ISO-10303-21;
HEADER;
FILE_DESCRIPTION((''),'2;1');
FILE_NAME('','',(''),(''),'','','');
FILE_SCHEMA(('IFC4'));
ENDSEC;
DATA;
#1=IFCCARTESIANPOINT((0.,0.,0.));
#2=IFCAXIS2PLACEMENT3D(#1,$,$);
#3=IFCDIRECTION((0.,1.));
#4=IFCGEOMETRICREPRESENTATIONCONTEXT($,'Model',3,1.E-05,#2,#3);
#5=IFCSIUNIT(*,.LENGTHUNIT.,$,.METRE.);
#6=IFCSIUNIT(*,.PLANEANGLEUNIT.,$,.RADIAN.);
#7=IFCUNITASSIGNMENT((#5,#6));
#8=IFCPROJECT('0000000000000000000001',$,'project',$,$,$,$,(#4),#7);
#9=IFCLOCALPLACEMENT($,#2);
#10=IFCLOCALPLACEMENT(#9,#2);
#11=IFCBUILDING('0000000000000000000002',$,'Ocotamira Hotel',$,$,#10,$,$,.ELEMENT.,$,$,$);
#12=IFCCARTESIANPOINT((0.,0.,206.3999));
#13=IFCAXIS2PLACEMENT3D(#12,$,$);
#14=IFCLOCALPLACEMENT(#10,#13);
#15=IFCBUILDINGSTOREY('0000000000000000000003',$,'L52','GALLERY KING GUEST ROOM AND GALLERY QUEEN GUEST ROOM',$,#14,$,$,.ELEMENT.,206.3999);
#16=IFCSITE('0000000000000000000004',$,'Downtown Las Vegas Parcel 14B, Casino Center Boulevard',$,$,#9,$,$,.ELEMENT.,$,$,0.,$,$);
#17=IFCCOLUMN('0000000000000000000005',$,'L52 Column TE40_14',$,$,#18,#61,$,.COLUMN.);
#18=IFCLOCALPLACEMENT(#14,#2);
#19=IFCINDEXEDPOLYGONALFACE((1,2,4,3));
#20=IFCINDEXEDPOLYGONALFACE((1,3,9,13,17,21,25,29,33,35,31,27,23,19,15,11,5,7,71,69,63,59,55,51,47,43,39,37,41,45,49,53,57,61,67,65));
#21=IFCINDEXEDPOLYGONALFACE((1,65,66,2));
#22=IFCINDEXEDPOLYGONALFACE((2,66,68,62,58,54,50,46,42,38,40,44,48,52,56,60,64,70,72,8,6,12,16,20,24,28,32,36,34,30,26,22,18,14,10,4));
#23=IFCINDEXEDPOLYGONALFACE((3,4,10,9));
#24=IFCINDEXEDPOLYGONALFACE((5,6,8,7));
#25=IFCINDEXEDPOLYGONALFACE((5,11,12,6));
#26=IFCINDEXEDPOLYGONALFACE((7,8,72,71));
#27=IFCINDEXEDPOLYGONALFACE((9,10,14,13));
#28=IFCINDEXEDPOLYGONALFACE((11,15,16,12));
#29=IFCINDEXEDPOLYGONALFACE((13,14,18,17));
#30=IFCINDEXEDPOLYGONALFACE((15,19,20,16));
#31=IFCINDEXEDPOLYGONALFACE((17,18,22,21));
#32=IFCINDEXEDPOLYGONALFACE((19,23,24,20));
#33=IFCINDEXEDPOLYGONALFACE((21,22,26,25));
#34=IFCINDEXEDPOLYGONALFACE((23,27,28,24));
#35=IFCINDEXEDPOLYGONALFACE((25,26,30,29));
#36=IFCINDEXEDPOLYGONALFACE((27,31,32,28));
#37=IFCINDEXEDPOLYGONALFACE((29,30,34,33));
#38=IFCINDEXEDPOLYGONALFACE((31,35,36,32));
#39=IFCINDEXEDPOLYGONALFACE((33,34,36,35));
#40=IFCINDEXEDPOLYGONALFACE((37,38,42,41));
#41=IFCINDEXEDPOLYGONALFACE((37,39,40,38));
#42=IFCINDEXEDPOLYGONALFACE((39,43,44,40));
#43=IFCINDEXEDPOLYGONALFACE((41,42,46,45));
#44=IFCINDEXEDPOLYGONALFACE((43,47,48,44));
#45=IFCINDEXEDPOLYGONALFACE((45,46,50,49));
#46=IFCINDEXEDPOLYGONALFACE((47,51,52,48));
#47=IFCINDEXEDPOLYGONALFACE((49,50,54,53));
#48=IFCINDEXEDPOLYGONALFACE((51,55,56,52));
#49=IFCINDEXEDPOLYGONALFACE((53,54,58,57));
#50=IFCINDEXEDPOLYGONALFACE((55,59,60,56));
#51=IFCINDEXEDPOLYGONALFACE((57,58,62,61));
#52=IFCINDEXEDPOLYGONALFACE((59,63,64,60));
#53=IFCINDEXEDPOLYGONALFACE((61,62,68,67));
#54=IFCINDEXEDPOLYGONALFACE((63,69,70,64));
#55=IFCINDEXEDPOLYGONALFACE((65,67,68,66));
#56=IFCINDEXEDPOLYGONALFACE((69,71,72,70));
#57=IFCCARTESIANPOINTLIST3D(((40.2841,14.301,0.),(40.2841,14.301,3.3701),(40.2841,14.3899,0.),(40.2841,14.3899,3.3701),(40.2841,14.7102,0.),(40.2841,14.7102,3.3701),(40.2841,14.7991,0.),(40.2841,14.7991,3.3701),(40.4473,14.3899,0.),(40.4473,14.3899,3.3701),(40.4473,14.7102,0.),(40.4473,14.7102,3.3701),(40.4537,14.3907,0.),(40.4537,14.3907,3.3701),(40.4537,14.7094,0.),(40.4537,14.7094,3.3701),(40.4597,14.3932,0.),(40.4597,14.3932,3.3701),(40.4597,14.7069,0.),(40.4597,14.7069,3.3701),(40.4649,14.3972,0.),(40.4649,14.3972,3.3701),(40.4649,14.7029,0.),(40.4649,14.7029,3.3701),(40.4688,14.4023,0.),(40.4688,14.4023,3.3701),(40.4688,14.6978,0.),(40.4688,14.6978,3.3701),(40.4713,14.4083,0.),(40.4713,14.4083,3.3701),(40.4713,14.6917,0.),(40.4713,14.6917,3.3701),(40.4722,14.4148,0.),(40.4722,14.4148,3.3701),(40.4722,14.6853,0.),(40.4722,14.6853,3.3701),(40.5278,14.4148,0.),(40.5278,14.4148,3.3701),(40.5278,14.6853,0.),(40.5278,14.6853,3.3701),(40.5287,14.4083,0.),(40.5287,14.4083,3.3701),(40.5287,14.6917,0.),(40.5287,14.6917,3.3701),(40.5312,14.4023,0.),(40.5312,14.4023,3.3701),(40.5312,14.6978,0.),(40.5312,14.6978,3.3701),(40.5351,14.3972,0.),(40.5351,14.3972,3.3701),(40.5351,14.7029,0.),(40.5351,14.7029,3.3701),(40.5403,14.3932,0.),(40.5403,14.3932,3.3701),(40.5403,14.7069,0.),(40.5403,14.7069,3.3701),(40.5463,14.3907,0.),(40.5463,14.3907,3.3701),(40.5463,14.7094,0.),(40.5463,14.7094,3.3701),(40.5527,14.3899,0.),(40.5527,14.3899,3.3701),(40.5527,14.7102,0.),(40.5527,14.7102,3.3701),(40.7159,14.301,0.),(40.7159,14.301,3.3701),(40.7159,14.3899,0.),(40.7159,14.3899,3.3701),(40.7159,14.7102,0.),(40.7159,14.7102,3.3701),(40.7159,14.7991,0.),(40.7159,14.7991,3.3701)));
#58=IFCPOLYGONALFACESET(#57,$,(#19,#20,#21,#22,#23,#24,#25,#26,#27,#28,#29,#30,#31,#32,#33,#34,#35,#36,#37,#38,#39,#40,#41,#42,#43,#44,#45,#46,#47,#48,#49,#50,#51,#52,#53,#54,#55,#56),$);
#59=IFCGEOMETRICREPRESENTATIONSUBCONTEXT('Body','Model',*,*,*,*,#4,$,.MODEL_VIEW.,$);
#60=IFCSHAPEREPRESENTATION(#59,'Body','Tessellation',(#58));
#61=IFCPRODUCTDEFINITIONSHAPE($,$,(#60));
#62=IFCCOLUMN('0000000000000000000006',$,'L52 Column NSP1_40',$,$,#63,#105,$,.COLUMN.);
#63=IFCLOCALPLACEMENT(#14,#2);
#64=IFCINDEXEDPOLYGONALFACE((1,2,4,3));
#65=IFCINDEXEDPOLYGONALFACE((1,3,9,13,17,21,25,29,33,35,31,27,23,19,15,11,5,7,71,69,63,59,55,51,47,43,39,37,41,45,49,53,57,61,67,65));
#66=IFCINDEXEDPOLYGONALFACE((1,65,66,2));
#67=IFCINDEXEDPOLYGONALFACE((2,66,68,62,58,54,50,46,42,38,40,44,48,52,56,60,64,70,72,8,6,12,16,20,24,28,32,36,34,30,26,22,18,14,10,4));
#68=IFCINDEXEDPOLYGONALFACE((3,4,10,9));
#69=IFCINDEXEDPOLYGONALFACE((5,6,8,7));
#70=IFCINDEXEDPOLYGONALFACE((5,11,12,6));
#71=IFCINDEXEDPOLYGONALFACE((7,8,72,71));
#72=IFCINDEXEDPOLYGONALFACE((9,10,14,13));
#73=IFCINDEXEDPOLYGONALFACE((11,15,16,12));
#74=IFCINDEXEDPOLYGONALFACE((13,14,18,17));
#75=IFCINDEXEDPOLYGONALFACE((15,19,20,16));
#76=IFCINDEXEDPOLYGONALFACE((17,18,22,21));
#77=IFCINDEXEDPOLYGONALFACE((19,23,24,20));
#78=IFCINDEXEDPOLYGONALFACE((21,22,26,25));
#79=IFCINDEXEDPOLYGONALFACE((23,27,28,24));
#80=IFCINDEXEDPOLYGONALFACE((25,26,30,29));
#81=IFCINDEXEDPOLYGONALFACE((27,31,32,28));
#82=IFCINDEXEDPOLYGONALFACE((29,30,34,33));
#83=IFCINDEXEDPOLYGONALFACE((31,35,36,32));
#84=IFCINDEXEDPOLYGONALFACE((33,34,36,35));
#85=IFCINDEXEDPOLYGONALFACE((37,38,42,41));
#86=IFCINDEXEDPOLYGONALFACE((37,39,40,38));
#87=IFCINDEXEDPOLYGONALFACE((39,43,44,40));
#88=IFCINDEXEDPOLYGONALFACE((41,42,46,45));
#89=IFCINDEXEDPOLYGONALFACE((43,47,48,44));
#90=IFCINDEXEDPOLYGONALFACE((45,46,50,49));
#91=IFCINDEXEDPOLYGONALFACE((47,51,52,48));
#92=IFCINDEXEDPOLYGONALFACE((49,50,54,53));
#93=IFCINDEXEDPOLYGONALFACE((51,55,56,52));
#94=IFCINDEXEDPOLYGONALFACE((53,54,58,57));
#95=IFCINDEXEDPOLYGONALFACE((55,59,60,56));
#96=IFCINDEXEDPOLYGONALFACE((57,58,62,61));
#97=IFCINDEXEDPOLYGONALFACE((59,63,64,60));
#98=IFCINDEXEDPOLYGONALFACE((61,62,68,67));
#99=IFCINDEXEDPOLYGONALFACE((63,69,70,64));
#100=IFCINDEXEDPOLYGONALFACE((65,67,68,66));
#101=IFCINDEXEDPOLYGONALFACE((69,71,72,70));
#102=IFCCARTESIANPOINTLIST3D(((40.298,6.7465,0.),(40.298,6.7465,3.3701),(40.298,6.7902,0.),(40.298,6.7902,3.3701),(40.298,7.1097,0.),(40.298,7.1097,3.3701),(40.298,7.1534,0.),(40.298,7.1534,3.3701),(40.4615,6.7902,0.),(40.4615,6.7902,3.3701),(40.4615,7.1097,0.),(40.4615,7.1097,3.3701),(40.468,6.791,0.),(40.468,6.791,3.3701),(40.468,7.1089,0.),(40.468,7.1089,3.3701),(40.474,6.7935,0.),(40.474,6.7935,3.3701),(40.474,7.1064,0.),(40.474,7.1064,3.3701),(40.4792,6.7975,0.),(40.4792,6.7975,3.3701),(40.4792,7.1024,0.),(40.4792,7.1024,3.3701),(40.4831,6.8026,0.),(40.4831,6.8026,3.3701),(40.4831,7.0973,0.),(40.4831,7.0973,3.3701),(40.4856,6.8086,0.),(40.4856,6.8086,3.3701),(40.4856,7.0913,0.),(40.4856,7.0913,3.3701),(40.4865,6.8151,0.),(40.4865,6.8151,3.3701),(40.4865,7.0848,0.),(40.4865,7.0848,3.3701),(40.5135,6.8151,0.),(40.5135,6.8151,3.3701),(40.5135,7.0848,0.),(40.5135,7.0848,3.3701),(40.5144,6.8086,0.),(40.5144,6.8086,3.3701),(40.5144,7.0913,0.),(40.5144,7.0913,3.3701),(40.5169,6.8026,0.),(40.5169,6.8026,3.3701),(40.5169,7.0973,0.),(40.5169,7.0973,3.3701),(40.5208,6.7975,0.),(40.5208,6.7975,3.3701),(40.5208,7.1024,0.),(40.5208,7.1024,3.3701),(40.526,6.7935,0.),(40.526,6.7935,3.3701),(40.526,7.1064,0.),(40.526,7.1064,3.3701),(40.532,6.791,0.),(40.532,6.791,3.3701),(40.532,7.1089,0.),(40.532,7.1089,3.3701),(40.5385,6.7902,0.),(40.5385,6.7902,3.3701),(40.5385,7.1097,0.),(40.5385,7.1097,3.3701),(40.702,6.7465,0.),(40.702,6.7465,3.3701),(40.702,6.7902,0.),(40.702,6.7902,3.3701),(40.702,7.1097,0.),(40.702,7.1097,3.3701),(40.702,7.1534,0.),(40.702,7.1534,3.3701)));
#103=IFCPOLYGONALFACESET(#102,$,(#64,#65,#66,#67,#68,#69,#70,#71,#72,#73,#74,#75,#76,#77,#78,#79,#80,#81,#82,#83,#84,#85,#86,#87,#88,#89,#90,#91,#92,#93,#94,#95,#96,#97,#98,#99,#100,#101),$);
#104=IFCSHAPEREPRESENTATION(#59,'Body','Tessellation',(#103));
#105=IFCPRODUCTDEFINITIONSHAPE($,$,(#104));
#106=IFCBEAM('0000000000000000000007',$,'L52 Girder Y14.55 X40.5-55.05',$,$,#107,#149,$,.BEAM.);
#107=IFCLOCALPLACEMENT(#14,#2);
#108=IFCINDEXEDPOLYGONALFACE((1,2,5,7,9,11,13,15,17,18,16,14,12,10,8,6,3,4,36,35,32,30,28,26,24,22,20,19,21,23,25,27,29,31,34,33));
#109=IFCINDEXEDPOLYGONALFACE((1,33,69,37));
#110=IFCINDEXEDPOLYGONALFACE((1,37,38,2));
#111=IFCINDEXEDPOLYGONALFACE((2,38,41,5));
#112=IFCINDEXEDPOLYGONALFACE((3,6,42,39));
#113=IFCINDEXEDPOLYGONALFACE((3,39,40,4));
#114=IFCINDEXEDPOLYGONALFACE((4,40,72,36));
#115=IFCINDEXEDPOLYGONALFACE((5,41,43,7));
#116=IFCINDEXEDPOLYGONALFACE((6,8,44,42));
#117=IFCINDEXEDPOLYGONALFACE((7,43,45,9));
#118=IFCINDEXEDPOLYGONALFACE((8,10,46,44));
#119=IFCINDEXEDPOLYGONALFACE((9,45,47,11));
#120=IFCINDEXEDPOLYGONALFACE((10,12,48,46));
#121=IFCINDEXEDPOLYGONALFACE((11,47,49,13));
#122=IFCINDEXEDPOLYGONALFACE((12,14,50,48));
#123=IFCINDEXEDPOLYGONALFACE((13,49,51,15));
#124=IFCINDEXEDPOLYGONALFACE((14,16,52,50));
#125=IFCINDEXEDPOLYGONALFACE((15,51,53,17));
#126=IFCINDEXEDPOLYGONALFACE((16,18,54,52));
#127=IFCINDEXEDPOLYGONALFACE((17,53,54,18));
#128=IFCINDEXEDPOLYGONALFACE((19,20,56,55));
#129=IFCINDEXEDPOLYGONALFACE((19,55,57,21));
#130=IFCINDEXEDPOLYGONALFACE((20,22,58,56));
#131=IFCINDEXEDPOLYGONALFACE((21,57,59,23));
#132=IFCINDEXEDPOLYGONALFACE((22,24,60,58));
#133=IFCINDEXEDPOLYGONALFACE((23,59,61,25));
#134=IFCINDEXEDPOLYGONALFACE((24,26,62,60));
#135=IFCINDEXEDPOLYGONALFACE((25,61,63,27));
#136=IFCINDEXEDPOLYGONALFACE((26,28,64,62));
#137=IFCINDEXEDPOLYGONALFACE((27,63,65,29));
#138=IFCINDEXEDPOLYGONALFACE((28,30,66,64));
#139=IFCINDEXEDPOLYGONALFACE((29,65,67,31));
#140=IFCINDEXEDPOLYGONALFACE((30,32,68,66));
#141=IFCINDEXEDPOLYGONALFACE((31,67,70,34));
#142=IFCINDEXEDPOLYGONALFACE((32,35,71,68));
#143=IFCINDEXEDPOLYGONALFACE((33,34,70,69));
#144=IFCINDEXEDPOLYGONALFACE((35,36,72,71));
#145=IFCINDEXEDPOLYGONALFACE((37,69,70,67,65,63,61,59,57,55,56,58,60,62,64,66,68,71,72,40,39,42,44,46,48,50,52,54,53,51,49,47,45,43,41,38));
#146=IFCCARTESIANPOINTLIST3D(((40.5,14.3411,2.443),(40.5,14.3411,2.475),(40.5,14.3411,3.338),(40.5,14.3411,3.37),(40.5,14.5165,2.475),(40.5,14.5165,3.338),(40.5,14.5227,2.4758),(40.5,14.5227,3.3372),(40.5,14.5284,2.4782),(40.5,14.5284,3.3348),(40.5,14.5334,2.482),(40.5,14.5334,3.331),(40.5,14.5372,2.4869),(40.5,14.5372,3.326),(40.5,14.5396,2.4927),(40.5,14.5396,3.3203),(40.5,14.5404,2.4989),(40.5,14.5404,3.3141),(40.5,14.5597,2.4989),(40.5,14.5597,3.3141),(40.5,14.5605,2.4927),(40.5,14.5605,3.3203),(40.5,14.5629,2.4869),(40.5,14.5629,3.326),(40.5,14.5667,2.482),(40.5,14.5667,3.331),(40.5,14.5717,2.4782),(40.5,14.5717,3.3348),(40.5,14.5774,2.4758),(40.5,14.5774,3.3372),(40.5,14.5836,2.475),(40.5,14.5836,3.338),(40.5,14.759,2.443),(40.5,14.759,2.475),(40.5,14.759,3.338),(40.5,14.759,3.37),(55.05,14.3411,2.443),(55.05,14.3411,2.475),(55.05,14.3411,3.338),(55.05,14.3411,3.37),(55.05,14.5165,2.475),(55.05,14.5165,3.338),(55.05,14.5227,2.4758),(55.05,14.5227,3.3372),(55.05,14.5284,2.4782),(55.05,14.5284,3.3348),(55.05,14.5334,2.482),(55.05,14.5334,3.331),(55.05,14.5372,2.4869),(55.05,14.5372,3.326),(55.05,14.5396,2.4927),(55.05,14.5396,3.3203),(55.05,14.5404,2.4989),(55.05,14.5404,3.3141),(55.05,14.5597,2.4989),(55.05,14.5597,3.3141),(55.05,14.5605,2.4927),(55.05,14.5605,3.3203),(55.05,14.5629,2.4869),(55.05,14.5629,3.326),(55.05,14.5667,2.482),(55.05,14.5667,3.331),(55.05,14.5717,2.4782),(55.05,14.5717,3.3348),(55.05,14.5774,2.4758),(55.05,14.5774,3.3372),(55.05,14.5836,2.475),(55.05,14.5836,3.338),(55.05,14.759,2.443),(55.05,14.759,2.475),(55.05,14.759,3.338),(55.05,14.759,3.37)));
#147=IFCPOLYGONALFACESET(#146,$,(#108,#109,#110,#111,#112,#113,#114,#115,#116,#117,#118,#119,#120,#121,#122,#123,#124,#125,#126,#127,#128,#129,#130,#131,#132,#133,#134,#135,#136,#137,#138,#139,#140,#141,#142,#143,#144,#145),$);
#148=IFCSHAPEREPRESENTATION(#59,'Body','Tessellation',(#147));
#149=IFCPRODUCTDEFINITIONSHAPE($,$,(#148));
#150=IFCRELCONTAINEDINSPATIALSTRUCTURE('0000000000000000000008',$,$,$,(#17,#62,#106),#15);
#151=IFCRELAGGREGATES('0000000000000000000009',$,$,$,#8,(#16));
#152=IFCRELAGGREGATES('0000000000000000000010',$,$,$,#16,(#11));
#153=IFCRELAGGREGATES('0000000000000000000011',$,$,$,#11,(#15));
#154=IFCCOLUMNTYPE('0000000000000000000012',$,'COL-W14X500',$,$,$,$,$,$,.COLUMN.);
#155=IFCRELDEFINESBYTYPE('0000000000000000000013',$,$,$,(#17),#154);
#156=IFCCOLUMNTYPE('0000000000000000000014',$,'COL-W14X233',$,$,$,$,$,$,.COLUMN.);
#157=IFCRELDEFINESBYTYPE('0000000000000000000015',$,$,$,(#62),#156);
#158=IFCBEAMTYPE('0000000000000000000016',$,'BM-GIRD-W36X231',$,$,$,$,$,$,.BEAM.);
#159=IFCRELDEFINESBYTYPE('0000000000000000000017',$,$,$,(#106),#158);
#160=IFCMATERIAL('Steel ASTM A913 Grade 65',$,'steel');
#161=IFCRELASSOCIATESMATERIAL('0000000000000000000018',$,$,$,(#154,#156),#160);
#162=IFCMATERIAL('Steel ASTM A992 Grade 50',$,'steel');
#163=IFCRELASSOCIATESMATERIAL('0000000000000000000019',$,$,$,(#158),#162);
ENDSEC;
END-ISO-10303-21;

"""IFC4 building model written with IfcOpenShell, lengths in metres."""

from ifc_helpers import new_model, si_unit, direction, frame, origin, origin_2d, place, context, subcontext, project, spatial, i_section, extrude, source, transform, mapped, material, material_profile, profile_set, type_object, element, save


model = new_model("IFC4")

# Units and contexts
model_context = context("Model", 3, precision=1e-05, world=origin(), true_north=direction((0.0, 1.0)))
body_context = subcontext(model_context, "Body", "Model", "MODEL_VIEW")
ifc_project = project(units=[si_unit("LENGTHUNIT", "METRE"), si_unit("PLANEANGLEUNIT", "RADIAN")], contexts=[model_context])

# Site, building, storey
site_placement = place(None, origin())
site = spatial("IfcSite", under=ifc_project, at=site_placement, Name="Downtown Las Vegas Parcel 14B, Casino Center Boulevard", CompositionType="ELEMENT", RefElevation=0.0)
building_placement = place(site_placement, origin())
building = spatial("IfcBuilding", under=site, at=building_placement, Name="Ocotamira Hotel", CompositionType="ELEMENT")
storey_placement = place(building_placement, frame((0.0, 0.0, 206.3999)))
storey = spatial("IfcBuildingStorey", under=building, at=storey_placement, Name="L52", Description="GALLERY KING GUEST ROOM AND GALLERY QUEEN GUEST ROOM", CompositionType="ELEMENT", Elevation=206.3999)

# Columns
ifc_material_1 = material(Name="Steel ASTM A913 Grade 65", Category="steel")
ifc_material_profile_1 = material_profile(ifc_material_1, i_section(OverallWidth=0.4319, OverallDepth=0.498, WebThickness=0.0557, FlangeThickness=0.0889, FilletRadius=0.0249, at=origin_2d()), Name="W14X500")
ifc_profile_set_1 = profile_set([ifc_material_profile_1], Name="Steel ASTM A913 Grade 65")
column_type_1 = type_object("IfcColumnType", Name="COL-W14X500", PredefinedType="COLUMN", material=ifc_profile_set_1)
shared_shape_1 = source(origin(), body_context, "Body", "SweptSolid", [
    extrude(i_section(OverallWidth=0.4319, OverallDepth=0.498, WebThickness=0.0557, FlangeThickness=0.0889, FilletRadius=0.0249, at=origin_2d()), origin(), (0.0, 0.0, 1.0), 3.3701),
])
column_1_placement = place(storey_placement, frame((40.5, 14.55, 0.0), z_axis=(0.0, 0.0, 1.0), x_axis=(1.0, 0.0, 0.0)))
element("IfcColumn", 1, at=column_1_placement, inside=storey, type_object=column_type_1, Name="L52 Column TE40_14", PredefinedType="COLUMN", context=body_context, shape_type="MappedRepresentation", body=[
    mapped(shared_shape_1, transform((0.0, 0.0, 0.0), scale=1.0)),
])
ifc_material_profile_2 = material_profile(ifc_material_1, i_section(OverallWidth=0.4041, OverallDepth=0.407, WebThickness=0.0271, FlangeThickness=0.0437, FilletRadius=0.0249, at=origin_2d()), Name="W14X233")
ifc_profile_set_2 = profile_set([ifc_material_profile_2], Name="Steel ASTM A913 Grade 65")
column_type_2 = type_object("IfcColumnType", Name="COL-W14X233", PredefinedType="COLUMN", material=ifc_profile_set_2)
shared_shape_2 = source(origin(), body_context, "Body", "SweptSolid", [
    extrude(i_section(OverallWidth=0.4041, OverallDepth=0.407, WebThickness=0.0271, FlangeThickness=0.0437, FilletRadius=0.0249, at=origin_2d()), origin(), (0.0, 0.0, 1.0), 3.3701),
])
column_2_placement = place(storey_placement, frame((40.5, 6.95, 0.0), z_axis=(0.0, 0.0, 1.0), x_axis=(1.0, 0.0, 0.0)))
element("IfcColumn", 2, at=column_2_placement, inside=storey, type_object=column_type_2, Name="L52 Column NSP1_40", PredefinedType="COLUMN", context=body_context, shape_type="MappedRepresentation", body=[
    mapped(shared_shape_2, transform((0.0, 0.0, 0.0), scale=1.0)),
])

# Beam
ifc_material_2 = material(Name="Steel ASTM A992 Grade 50", Category="steel")
ifc_material_profile_3 = material_profile(ifc_material_2, i_section(OverallWidth=0.418, OverallDepth=0.927, WebThickness=0.0193, FlangeThickness=0.032, FilletRadius=0.0239, at=origin_2d()), Name="W36X231")
ifc_profile_set_3 = profile_set([ifc_material_profile_3], Name="Steel ASTM A992 Grade 50")
beam_type_1 = type_object("IfcBeamType", Name="BM-GIRD-W36X231", PredefinedType="BEAM", material=ifc_profile_set_3)
shared_shape_3 = source(origin(), body_context, "Body", "SweptSolid", [
    extrude(i_section(OverallWidth=0.418, OverallDepth=0.927, WebThickness=0.0193, FlangeThickness=0.032, FilletRadius=0.0239, at=origin_2d()), origin(), (0.0, 0.0, 1.0), 14.55),
])
beam_1_placement = place(storey_placement, frame((40.5, 14.55, 2.9065), z_axis=(1.0, 0.0, 0.0), x_axis=(0.0, 1.0, 0.0)))
element("IfcBeam", 3, at=beam_1_placement, inside=storey, type_object=beam_type_1, Name="L52 Girder Y14.55 X40.5-55.05", PredefinedType="BEAM", context=body_context, shape_type="MappedRepresentation", body=[
    mapped(shared_shape_3, transform((0.0, 0.0, 0.0), scale=1.0)),
])

save(model, "model.ifc")
